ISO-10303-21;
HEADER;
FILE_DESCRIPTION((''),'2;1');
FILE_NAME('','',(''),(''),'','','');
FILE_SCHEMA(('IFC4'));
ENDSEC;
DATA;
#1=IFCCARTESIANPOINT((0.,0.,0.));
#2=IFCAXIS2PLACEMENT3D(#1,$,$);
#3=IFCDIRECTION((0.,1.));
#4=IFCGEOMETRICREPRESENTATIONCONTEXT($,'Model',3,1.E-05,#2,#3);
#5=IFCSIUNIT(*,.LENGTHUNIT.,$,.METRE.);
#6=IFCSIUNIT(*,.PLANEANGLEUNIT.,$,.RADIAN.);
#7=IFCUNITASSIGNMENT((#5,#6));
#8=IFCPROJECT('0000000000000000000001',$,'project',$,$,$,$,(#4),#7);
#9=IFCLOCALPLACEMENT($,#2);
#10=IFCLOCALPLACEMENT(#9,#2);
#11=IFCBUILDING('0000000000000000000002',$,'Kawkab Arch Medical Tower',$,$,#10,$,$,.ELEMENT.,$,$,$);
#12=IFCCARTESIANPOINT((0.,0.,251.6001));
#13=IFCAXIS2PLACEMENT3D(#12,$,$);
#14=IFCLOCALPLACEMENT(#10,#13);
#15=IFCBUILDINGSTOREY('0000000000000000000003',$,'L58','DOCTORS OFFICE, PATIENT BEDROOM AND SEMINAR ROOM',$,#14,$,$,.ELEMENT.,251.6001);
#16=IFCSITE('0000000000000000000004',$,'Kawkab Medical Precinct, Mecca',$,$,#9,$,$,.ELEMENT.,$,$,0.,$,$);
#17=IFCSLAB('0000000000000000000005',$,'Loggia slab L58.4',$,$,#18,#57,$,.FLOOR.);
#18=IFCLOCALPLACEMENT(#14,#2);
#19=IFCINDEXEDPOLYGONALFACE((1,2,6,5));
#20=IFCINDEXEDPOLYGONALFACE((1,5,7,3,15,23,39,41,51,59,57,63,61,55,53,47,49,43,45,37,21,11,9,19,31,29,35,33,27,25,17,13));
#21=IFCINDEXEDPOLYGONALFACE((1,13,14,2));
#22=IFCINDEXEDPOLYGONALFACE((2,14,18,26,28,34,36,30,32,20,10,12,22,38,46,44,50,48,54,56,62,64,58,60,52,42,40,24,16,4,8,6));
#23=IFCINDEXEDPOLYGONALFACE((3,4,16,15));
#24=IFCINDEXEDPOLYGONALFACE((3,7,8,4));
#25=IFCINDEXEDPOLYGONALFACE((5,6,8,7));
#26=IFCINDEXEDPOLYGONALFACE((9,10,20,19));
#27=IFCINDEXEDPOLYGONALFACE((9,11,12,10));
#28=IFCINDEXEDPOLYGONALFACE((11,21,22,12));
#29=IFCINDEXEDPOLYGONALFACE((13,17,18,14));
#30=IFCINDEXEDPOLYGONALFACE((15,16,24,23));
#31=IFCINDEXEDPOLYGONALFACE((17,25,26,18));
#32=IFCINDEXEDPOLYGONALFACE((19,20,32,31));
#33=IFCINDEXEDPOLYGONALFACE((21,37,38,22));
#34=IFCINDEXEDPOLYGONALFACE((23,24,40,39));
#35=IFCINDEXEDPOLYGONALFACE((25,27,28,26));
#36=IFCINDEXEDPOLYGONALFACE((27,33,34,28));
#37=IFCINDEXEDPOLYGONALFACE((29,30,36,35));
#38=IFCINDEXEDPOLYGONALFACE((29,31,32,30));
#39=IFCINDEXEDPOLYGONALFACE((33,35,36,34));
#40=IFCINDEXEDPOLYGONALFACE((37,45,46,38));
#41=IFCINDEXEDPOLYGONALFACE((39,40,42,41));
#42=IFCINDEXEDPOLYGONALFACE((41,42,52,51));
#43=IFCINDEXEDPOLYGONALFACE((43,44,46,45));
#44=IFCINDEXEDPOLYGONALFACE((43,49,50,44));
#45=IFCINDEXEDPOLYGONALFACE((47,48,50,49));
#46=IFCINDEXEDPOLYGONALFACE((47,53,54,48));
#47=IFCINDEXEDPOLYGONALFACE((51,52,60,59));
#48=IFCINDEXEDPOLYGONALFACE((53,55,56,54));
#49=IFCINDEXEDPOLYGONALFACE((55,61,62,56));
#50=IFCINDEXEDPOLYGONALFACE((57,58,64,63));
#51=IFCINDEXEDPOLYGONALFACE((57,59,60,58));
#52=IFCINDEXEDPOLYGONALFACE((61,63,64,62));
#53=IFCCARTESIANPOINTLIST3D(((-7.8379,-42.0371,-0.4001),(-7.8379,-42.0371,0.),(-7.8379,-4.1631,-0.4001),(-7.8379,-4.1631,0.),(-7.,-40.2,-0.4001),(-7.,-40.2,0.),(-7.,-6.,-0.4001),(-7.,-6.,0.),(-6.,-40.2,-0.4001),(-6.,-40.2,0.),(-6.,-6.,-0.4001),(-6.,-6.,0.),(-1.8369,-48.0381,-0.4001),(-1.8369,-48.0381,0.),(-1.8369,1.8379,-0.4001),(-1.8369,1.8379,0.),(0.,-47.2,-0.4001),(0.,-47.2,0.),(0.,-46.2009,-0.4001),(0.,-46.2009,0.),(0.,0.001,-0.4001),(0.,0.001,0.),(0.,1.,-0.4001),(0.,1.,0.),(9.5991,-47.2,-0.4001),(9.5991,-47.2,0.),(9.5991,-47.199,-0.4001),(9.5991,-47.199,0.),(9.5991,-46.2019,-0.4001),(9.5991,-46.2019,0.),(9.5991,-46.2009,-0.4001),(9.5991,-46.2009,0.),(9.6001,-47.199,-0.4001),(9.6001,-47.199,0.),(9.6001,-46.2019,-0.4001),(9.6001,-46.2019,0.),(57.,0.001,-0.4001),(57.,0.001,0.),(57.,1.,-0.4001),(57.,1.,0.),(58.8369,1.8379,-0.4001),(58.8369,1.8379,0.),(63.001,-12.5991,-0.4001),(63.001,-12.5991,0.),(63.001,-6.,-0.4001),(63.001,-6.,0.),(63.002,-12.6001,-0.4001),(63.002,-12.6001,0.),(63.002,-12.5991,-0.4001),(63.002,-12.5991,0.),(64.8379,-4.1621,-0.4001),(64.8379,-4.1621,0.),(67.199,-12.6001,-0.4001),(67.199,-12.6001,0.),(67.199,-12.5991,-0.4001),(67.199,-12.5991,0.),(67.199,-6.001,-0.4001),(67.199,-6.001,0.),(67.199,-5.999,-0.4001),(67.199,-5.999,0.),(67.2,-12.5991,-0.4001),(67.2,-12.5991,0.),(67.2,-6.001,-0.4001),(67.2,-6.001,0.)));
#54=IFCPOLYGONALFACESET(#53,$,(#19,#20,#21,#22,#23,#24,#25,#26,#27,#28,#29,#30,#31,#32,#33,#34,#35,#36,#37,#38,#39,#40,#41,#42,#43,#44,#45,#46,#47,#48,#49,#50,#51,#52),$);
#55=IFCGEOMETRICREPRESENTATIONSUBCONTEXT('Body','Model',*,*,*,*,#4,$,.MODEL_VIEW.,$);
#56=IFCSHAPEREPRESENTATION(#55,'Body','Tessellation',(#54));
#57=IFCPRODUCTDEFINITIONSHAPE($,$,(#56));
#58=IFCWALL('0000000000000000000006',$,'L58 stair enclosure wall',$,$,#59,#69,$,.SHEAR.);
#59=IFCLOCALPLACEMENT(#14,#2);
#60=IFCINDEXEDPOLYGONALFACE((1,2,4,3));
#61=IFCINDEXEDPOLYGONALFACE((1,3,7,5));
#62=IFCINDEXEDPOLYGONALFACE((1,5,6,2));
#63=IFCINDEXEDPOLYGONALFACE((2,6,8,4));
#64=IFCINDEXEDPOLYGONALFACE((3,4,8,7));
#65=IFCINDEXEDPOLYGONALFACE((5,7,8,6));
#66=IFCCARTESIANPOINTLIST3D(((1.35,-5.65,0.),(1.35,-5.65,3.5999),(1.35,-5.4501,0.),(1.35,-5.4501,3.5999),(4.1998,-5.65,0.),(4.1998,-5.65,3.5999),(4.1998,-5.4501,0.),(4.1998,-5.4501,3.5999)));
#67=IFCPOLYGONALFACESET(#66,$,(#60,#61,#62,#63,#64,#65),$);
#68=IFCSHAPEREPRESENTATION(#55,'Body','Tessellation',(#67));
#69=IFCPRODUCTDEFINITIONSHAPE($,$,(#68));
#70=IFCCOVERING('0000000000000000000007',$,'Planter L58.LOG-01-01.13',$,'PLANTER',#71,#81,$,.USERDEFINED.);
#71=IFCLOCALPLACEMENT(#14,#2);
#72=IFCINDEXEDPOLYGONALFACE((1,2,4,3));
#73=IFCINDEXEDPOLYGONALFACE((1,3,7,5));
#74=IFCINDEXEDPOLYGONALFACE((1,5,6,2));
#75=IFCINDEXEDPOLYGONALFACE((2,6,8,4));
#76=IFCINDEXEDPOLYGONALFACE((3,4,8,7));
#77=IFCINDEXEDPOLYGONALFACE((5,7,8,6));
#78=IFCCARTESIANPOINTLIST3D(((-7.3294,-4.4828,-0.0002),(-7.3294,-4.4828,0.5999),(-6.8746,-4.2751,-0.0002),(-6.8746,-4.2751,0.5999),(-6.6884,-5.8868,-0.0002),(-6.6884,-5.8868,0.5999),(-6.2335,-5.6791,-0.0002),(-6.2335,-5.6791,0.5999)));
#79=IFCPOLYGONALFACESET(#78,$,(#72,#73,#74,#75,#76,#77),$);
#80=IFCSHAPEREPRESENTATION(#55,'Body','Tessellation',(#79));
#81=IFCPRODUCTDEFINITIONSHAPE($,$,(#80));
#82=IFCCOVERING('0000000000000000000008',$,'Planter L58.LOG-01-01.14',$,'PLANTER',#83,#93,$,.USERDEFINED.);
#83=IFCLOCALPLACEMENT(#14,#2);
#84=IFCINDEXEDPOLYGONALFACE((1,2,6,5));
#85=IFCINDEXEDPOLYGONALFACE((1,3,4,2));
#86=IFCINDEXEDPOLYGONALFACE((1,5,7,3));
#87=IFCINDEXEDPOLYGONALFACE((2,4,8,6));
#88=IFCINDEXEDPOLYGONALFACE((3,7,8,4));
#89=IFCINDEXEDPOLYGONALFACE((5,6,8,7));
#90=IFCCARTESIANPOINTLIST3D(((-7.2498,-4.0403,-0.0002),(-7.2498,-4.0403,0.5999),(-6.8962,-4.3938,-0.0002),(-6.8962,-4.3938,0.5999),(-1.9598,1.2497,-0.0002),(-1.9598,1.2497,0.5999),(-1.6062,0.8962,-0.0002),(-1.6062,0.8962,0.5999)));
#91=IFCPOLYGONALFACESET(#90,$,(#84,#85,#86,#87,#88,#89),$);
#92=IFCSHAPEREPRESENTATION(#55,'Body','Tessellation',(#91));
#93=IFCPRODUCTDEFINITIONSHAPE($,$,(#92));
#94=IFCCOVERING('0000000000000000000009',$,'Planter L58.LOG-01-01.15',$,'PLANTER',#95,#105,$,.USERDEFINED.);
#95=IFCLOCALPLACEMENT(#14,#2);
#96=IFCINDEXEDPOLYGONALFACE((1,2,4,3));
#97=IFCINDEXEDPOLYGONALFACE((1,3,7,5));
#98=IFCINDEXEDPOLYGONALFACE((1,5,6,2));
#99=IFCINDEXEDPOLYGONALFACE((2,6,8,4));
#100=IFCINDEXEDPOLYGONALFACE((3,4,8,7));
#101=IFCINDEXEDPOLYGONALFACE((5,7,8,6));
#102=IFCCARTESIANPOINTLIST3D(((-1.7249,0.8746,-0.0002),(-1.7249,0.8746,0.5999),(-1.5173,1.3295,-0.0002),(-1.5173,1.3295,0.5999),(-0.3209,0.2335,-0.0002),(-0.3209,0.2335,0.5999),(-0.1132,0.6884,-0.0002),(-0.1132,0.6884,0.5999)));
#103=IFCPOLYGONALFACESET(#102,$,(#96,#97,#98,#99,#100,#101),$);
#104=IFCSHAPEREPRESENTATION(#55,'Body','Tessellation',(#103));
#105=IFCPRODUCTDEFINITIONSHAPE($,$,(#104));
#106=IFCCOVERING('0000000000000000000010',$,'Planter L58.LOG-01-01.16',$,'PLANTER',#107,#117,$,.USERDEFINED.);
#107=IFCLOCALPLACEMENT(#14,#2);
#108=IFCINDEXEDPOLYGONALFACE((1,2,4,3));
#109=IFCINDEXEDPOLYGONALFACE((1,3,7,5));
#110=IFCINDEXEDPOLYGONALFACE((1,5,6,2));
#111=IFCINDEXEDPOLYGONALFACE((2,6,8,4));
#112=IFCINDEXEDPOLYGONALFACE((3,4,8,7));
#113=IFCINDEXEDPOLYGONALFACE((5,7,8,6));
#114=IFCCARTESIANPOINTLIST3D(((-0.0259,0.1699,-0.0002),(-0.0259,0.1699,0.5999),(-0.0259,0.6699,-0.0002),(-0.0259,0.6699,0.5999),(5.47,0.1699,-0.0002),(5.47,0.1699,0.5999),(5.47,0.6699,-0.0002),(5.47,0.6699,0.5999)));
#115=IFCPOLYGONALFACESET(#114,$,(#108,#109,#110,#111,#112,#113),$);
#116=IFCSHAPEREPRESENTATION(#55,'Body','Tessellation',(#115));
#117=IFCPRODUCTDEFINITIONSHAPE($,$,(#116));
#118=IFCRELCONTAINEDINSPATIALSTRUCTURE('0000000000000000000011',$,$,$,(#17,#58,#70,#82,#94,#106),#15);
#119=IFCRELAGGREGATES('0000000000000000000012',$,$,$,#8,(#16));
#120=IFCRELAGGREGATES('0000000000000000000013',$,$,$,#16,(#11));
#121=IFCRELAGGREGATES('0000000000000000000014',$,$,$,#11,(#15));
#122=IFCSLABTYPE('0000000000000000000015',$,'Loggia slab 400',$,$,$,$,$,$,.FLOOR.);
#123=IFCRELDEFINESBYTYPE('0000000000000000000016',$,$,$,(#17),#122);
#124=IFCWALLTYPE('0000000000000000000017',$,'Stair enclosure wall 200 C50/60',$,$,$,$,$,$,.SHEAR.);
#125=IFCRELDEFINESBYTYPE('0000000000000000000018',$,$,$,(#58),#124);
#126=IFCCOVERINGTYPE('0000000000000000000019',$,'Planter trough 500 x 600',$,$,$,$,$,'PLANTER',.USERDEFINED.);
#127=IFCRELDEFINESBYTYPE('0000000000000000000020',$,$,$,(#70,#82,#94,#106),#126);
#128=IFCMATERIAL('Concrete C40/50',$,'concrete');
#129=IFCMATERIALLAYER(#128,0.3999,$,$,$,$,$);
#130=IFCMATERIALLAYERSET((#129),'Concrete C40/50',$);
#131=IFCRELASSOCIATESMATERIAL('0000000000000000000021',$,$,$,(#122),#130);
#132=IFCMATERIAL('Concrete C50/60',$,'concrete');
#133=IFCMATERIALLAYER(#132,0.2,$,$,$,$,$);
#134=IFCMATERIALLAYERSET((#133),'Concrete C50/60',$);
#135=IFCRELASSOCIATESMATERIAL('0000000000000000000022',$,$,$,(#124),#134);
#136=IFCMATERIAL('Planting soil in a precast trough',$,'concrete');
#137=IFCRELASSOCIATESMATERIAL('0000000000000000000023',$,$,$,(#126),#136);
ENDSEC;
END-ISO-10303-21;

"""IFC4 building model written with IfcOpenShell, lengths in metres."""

from ifc_helpers import new_model, si_unit, direction, frame, frame_2d, origin, origin_2d, place, context, subcontext, project, spatial, polyline, rectangle, outline, extrude, material, layer, layer_set, material_profile, profile_set, type_object, element, save


model = new_model("IFC4")

# Units and contexts
model_context = context("Model", 3, precision=1e-05, world=origin(), true_north=direction((0.0, 1.0)))
body_context = subcontext(model_context, "Body", "Model", "MODEL_VIEW")
ifc_project = project(units=[si_unit("LENGTHUNIT", "METRE"), si_unit("PLANEANGLEUNIT", "RADIAN")], contexts=[model_context])

# Site, building, storey
site_placement = place(None, origin())
site = spatial("IfcSite", under=ifc_project, at=site_placement, Name="Kawkab Medical Precinct, Mecca", CompositionType="ELEMENT", RefElevation=0.0)
building_placement = place(site_placement, origin())
building = spatial("IfcBuilding", under=site, at=building_placement, Name="Kawkab Arch Medical Tower", CompositionType="ELEMENT")
storey_placement = place(building_placement, frame((0.0, 0.0, 251.6001)))
storey = spatial("IfcBuildingStorey", under=building, at=storey_placement, Name="L58", Description="DOCTORS OFFICE, PATIENT BEDROOM AND SEMINAR ROOM", CompositionType="ELEMENT", Elevation=251.6001)

# Slab
ifc_material_1 = material(Name="Concrete C40/50", Category="concrete")
ifc_layer_1 = layer(ifc_material_1, 0.3999)
ifc_layer_set_1 = layer_set([ifc_layer_1], Name="Concrete C40/50")
slab_type_1 = type_object("IfcSlabType", Name="Loggia slab 400", PredefinedType="FLOOR", material=ifc_layer_set_1)
placement_1 = place(storey_placement, frame((0.0, 0.0, -0.4001)))
element("IfcSlab", 1, at=placement_1, inside=storey, type_object=slab_type_1, Name="Loggia slab L58.4", PredefinedType="FLOOR", context=body_context, shape_type="SweptSolid", body=[
    extrude(outline(polyline([(-7.8379, -42.0371), (-7.0, -40.2), (-7.0, -6.0), (-7.8379, -4.1631), (-1.8369, 1.8379), (0.0, 1.0), (57.0, 1.0), (58.8369, 1.8379), (64.8379, -4.1621), (67.199, -5.999), (67.199, -6.001), (67.2, -6.001), (67.2, -12.5991), (67.199, -12.5991), (67.199, -12.6001), (63.002, -12.6001), (63.002, -12.5991), (63.001, -12.5991), (63.001, -6.0), (57.0, 0.001), (0.0, 0.001), (-6.0, -6.0), (-6.0, -40.2), (0.0, -46.2009), (9.5991, -46.2009), (9.5991, -46.2019), (9.6001, -46.2019), (9.6001, -47.199), (9.5991, -47.199), (9.5991, -47.2), (0.0, -47.2), (-1.8369, -48.0381), (-7.8379, -42.0371)])), origin(), (0.0, 0.0, 1.0), 0.4001),
])

# Wall
ifc_material_2 = material(Name="Concrete C50/60", Category="concrete")
ifc_layer_2 = layer(ifc_material_2, 0.2)
ifc_layer_set_2 = layer_set([ifc_layer_2], Name="Concrete C50/60")
wall_type = type_object("IfcWallType", Name="Stair enclosure wall 200 C50/60", PredefinedType="SHEAR", material=ifc_layer_set_2)
wall_placement = place(storey_placement, frame((1.3501, -5.55, 0.0), z_axis=(0.0, 0.0, 1.0), x_axis=(1.0, 0.0, 0.0)))
element("IfcWall", 2, at=wall_placement, inside=storey, type_object=wall_type, Name="L58 stair enclosure wall", PredefinedType="SHEAR", context=body_context, shape_type="SweptSolid", body=[
    extrude(rectangle(XDim=2.8499, YDim=0.2, at=frame_2d((1.4248, 0.0))), origin(), (0.0, 0.0, 1.0), 3.5999),
])

# Coverings
ifc_material_3 = material(Name="Planting soil in a precast trough", Category="concrete")
ifc_material_profile_1 = material_profile(ifc_material_3, rectangle(XDim=0.5, YDim=0.6001, at=origin_2d()), Name="Trough 500x600")
ifc_profile_set_1 = profile_set([ifc_material_profile_1], Name="Planting soil in a precast trough")
covering_type = type_object("IfcCoveringType", Name="Planter trough 500 x 600", ElementType="PLANTER", PredefinedType="USERDEFINED", material=ifc_profile_set_1)
covering_1_placement = place(storey_placement, frame((-6.4609, -5.783, 0.2998), z_axis=(-0.415363, 0.909656, 0.0), x_axis=(-0.909656, -0.415363, 0.0)))
element("IfcCovering", 3, at=covering_1_placement, inside=storey, type_object=covering_type, Name="Planter L58.LOG-01-01.13", ObjectType="PLANTER", PredefinedType="USERDEFINED", context=body_context, shape_type="SweptSolid", body=[
    extrude(rectangle(XDim=0.5, YDim=0.6001, at=origin_2d()), origin(), (0.0, 0.0, 1.0), 1.5435),
])
covering_2_placement = place(storey_placement, frame((-7.073, -4.217, 0.2998), z_axis=(0.707107, 0.707107, 0.0), x_axis=(-0.707107, 0.707107, 0.0)))
element("IfcCovering", 4, at=covering_2_placement, inside=storey, type_object=covering_type, Name="Planter L58.LOG-01-01.14", ObjectType="PLANTER", PredefinedType="USERDEFINED", context=body_context, shape_type="SweptSolid", body=[
    extrude(rectangle(XDim=0.5, YDim=0.6001, at=origin_2d()), origin(), (0.0, 0.0, 1.0), 7.4812),
])
covering_3_placement = place(storey_placement, frame((-1.6211, 1.1021, 0.2998), z_axis=(0.909656, -0.415363, 0.0), x_axis=(0.415363, 0.909656, 0.0)))
element("IfcCovering", 5, at=covering_3_placement, inside=storey, type_object=covering_type, Name="Planter L58.LOG-01-01.15", ObjectType="PLANTER", PredefinedType="USERDEFINED", context=body_context, shape_type="SweptSolid", body=[
    extrude(rectangle(XDim=0.5, YDim=0.6001, at=origin_2d()), origin(), (0.0, 0.0, 1.0), 1.5435),
])
covering_4_placement = place(storey_placement, frame((-0.0259, 0.4199, 0.2998), z_axis=(1.0, 0.0, 0.0), x_axis=(0.0, 1.0, 0.0)))
element("IfcCovering", 6, at=covering_4_placement, inside=storey, type_object=covering_type, Name="Planter L58.LOG-01-01.16", ObjectType="PLANTER", PredefinedType="USERDEFINED", context=body_context, shape_type="SweptSolid", body=[
    extrude(rectangle(XDim=0.5, YDim=0.6001, at=origin_2d()), origin(), (0.0, 0.0, 1.0), 5.4958),
])

save(model, "model.ifc")
